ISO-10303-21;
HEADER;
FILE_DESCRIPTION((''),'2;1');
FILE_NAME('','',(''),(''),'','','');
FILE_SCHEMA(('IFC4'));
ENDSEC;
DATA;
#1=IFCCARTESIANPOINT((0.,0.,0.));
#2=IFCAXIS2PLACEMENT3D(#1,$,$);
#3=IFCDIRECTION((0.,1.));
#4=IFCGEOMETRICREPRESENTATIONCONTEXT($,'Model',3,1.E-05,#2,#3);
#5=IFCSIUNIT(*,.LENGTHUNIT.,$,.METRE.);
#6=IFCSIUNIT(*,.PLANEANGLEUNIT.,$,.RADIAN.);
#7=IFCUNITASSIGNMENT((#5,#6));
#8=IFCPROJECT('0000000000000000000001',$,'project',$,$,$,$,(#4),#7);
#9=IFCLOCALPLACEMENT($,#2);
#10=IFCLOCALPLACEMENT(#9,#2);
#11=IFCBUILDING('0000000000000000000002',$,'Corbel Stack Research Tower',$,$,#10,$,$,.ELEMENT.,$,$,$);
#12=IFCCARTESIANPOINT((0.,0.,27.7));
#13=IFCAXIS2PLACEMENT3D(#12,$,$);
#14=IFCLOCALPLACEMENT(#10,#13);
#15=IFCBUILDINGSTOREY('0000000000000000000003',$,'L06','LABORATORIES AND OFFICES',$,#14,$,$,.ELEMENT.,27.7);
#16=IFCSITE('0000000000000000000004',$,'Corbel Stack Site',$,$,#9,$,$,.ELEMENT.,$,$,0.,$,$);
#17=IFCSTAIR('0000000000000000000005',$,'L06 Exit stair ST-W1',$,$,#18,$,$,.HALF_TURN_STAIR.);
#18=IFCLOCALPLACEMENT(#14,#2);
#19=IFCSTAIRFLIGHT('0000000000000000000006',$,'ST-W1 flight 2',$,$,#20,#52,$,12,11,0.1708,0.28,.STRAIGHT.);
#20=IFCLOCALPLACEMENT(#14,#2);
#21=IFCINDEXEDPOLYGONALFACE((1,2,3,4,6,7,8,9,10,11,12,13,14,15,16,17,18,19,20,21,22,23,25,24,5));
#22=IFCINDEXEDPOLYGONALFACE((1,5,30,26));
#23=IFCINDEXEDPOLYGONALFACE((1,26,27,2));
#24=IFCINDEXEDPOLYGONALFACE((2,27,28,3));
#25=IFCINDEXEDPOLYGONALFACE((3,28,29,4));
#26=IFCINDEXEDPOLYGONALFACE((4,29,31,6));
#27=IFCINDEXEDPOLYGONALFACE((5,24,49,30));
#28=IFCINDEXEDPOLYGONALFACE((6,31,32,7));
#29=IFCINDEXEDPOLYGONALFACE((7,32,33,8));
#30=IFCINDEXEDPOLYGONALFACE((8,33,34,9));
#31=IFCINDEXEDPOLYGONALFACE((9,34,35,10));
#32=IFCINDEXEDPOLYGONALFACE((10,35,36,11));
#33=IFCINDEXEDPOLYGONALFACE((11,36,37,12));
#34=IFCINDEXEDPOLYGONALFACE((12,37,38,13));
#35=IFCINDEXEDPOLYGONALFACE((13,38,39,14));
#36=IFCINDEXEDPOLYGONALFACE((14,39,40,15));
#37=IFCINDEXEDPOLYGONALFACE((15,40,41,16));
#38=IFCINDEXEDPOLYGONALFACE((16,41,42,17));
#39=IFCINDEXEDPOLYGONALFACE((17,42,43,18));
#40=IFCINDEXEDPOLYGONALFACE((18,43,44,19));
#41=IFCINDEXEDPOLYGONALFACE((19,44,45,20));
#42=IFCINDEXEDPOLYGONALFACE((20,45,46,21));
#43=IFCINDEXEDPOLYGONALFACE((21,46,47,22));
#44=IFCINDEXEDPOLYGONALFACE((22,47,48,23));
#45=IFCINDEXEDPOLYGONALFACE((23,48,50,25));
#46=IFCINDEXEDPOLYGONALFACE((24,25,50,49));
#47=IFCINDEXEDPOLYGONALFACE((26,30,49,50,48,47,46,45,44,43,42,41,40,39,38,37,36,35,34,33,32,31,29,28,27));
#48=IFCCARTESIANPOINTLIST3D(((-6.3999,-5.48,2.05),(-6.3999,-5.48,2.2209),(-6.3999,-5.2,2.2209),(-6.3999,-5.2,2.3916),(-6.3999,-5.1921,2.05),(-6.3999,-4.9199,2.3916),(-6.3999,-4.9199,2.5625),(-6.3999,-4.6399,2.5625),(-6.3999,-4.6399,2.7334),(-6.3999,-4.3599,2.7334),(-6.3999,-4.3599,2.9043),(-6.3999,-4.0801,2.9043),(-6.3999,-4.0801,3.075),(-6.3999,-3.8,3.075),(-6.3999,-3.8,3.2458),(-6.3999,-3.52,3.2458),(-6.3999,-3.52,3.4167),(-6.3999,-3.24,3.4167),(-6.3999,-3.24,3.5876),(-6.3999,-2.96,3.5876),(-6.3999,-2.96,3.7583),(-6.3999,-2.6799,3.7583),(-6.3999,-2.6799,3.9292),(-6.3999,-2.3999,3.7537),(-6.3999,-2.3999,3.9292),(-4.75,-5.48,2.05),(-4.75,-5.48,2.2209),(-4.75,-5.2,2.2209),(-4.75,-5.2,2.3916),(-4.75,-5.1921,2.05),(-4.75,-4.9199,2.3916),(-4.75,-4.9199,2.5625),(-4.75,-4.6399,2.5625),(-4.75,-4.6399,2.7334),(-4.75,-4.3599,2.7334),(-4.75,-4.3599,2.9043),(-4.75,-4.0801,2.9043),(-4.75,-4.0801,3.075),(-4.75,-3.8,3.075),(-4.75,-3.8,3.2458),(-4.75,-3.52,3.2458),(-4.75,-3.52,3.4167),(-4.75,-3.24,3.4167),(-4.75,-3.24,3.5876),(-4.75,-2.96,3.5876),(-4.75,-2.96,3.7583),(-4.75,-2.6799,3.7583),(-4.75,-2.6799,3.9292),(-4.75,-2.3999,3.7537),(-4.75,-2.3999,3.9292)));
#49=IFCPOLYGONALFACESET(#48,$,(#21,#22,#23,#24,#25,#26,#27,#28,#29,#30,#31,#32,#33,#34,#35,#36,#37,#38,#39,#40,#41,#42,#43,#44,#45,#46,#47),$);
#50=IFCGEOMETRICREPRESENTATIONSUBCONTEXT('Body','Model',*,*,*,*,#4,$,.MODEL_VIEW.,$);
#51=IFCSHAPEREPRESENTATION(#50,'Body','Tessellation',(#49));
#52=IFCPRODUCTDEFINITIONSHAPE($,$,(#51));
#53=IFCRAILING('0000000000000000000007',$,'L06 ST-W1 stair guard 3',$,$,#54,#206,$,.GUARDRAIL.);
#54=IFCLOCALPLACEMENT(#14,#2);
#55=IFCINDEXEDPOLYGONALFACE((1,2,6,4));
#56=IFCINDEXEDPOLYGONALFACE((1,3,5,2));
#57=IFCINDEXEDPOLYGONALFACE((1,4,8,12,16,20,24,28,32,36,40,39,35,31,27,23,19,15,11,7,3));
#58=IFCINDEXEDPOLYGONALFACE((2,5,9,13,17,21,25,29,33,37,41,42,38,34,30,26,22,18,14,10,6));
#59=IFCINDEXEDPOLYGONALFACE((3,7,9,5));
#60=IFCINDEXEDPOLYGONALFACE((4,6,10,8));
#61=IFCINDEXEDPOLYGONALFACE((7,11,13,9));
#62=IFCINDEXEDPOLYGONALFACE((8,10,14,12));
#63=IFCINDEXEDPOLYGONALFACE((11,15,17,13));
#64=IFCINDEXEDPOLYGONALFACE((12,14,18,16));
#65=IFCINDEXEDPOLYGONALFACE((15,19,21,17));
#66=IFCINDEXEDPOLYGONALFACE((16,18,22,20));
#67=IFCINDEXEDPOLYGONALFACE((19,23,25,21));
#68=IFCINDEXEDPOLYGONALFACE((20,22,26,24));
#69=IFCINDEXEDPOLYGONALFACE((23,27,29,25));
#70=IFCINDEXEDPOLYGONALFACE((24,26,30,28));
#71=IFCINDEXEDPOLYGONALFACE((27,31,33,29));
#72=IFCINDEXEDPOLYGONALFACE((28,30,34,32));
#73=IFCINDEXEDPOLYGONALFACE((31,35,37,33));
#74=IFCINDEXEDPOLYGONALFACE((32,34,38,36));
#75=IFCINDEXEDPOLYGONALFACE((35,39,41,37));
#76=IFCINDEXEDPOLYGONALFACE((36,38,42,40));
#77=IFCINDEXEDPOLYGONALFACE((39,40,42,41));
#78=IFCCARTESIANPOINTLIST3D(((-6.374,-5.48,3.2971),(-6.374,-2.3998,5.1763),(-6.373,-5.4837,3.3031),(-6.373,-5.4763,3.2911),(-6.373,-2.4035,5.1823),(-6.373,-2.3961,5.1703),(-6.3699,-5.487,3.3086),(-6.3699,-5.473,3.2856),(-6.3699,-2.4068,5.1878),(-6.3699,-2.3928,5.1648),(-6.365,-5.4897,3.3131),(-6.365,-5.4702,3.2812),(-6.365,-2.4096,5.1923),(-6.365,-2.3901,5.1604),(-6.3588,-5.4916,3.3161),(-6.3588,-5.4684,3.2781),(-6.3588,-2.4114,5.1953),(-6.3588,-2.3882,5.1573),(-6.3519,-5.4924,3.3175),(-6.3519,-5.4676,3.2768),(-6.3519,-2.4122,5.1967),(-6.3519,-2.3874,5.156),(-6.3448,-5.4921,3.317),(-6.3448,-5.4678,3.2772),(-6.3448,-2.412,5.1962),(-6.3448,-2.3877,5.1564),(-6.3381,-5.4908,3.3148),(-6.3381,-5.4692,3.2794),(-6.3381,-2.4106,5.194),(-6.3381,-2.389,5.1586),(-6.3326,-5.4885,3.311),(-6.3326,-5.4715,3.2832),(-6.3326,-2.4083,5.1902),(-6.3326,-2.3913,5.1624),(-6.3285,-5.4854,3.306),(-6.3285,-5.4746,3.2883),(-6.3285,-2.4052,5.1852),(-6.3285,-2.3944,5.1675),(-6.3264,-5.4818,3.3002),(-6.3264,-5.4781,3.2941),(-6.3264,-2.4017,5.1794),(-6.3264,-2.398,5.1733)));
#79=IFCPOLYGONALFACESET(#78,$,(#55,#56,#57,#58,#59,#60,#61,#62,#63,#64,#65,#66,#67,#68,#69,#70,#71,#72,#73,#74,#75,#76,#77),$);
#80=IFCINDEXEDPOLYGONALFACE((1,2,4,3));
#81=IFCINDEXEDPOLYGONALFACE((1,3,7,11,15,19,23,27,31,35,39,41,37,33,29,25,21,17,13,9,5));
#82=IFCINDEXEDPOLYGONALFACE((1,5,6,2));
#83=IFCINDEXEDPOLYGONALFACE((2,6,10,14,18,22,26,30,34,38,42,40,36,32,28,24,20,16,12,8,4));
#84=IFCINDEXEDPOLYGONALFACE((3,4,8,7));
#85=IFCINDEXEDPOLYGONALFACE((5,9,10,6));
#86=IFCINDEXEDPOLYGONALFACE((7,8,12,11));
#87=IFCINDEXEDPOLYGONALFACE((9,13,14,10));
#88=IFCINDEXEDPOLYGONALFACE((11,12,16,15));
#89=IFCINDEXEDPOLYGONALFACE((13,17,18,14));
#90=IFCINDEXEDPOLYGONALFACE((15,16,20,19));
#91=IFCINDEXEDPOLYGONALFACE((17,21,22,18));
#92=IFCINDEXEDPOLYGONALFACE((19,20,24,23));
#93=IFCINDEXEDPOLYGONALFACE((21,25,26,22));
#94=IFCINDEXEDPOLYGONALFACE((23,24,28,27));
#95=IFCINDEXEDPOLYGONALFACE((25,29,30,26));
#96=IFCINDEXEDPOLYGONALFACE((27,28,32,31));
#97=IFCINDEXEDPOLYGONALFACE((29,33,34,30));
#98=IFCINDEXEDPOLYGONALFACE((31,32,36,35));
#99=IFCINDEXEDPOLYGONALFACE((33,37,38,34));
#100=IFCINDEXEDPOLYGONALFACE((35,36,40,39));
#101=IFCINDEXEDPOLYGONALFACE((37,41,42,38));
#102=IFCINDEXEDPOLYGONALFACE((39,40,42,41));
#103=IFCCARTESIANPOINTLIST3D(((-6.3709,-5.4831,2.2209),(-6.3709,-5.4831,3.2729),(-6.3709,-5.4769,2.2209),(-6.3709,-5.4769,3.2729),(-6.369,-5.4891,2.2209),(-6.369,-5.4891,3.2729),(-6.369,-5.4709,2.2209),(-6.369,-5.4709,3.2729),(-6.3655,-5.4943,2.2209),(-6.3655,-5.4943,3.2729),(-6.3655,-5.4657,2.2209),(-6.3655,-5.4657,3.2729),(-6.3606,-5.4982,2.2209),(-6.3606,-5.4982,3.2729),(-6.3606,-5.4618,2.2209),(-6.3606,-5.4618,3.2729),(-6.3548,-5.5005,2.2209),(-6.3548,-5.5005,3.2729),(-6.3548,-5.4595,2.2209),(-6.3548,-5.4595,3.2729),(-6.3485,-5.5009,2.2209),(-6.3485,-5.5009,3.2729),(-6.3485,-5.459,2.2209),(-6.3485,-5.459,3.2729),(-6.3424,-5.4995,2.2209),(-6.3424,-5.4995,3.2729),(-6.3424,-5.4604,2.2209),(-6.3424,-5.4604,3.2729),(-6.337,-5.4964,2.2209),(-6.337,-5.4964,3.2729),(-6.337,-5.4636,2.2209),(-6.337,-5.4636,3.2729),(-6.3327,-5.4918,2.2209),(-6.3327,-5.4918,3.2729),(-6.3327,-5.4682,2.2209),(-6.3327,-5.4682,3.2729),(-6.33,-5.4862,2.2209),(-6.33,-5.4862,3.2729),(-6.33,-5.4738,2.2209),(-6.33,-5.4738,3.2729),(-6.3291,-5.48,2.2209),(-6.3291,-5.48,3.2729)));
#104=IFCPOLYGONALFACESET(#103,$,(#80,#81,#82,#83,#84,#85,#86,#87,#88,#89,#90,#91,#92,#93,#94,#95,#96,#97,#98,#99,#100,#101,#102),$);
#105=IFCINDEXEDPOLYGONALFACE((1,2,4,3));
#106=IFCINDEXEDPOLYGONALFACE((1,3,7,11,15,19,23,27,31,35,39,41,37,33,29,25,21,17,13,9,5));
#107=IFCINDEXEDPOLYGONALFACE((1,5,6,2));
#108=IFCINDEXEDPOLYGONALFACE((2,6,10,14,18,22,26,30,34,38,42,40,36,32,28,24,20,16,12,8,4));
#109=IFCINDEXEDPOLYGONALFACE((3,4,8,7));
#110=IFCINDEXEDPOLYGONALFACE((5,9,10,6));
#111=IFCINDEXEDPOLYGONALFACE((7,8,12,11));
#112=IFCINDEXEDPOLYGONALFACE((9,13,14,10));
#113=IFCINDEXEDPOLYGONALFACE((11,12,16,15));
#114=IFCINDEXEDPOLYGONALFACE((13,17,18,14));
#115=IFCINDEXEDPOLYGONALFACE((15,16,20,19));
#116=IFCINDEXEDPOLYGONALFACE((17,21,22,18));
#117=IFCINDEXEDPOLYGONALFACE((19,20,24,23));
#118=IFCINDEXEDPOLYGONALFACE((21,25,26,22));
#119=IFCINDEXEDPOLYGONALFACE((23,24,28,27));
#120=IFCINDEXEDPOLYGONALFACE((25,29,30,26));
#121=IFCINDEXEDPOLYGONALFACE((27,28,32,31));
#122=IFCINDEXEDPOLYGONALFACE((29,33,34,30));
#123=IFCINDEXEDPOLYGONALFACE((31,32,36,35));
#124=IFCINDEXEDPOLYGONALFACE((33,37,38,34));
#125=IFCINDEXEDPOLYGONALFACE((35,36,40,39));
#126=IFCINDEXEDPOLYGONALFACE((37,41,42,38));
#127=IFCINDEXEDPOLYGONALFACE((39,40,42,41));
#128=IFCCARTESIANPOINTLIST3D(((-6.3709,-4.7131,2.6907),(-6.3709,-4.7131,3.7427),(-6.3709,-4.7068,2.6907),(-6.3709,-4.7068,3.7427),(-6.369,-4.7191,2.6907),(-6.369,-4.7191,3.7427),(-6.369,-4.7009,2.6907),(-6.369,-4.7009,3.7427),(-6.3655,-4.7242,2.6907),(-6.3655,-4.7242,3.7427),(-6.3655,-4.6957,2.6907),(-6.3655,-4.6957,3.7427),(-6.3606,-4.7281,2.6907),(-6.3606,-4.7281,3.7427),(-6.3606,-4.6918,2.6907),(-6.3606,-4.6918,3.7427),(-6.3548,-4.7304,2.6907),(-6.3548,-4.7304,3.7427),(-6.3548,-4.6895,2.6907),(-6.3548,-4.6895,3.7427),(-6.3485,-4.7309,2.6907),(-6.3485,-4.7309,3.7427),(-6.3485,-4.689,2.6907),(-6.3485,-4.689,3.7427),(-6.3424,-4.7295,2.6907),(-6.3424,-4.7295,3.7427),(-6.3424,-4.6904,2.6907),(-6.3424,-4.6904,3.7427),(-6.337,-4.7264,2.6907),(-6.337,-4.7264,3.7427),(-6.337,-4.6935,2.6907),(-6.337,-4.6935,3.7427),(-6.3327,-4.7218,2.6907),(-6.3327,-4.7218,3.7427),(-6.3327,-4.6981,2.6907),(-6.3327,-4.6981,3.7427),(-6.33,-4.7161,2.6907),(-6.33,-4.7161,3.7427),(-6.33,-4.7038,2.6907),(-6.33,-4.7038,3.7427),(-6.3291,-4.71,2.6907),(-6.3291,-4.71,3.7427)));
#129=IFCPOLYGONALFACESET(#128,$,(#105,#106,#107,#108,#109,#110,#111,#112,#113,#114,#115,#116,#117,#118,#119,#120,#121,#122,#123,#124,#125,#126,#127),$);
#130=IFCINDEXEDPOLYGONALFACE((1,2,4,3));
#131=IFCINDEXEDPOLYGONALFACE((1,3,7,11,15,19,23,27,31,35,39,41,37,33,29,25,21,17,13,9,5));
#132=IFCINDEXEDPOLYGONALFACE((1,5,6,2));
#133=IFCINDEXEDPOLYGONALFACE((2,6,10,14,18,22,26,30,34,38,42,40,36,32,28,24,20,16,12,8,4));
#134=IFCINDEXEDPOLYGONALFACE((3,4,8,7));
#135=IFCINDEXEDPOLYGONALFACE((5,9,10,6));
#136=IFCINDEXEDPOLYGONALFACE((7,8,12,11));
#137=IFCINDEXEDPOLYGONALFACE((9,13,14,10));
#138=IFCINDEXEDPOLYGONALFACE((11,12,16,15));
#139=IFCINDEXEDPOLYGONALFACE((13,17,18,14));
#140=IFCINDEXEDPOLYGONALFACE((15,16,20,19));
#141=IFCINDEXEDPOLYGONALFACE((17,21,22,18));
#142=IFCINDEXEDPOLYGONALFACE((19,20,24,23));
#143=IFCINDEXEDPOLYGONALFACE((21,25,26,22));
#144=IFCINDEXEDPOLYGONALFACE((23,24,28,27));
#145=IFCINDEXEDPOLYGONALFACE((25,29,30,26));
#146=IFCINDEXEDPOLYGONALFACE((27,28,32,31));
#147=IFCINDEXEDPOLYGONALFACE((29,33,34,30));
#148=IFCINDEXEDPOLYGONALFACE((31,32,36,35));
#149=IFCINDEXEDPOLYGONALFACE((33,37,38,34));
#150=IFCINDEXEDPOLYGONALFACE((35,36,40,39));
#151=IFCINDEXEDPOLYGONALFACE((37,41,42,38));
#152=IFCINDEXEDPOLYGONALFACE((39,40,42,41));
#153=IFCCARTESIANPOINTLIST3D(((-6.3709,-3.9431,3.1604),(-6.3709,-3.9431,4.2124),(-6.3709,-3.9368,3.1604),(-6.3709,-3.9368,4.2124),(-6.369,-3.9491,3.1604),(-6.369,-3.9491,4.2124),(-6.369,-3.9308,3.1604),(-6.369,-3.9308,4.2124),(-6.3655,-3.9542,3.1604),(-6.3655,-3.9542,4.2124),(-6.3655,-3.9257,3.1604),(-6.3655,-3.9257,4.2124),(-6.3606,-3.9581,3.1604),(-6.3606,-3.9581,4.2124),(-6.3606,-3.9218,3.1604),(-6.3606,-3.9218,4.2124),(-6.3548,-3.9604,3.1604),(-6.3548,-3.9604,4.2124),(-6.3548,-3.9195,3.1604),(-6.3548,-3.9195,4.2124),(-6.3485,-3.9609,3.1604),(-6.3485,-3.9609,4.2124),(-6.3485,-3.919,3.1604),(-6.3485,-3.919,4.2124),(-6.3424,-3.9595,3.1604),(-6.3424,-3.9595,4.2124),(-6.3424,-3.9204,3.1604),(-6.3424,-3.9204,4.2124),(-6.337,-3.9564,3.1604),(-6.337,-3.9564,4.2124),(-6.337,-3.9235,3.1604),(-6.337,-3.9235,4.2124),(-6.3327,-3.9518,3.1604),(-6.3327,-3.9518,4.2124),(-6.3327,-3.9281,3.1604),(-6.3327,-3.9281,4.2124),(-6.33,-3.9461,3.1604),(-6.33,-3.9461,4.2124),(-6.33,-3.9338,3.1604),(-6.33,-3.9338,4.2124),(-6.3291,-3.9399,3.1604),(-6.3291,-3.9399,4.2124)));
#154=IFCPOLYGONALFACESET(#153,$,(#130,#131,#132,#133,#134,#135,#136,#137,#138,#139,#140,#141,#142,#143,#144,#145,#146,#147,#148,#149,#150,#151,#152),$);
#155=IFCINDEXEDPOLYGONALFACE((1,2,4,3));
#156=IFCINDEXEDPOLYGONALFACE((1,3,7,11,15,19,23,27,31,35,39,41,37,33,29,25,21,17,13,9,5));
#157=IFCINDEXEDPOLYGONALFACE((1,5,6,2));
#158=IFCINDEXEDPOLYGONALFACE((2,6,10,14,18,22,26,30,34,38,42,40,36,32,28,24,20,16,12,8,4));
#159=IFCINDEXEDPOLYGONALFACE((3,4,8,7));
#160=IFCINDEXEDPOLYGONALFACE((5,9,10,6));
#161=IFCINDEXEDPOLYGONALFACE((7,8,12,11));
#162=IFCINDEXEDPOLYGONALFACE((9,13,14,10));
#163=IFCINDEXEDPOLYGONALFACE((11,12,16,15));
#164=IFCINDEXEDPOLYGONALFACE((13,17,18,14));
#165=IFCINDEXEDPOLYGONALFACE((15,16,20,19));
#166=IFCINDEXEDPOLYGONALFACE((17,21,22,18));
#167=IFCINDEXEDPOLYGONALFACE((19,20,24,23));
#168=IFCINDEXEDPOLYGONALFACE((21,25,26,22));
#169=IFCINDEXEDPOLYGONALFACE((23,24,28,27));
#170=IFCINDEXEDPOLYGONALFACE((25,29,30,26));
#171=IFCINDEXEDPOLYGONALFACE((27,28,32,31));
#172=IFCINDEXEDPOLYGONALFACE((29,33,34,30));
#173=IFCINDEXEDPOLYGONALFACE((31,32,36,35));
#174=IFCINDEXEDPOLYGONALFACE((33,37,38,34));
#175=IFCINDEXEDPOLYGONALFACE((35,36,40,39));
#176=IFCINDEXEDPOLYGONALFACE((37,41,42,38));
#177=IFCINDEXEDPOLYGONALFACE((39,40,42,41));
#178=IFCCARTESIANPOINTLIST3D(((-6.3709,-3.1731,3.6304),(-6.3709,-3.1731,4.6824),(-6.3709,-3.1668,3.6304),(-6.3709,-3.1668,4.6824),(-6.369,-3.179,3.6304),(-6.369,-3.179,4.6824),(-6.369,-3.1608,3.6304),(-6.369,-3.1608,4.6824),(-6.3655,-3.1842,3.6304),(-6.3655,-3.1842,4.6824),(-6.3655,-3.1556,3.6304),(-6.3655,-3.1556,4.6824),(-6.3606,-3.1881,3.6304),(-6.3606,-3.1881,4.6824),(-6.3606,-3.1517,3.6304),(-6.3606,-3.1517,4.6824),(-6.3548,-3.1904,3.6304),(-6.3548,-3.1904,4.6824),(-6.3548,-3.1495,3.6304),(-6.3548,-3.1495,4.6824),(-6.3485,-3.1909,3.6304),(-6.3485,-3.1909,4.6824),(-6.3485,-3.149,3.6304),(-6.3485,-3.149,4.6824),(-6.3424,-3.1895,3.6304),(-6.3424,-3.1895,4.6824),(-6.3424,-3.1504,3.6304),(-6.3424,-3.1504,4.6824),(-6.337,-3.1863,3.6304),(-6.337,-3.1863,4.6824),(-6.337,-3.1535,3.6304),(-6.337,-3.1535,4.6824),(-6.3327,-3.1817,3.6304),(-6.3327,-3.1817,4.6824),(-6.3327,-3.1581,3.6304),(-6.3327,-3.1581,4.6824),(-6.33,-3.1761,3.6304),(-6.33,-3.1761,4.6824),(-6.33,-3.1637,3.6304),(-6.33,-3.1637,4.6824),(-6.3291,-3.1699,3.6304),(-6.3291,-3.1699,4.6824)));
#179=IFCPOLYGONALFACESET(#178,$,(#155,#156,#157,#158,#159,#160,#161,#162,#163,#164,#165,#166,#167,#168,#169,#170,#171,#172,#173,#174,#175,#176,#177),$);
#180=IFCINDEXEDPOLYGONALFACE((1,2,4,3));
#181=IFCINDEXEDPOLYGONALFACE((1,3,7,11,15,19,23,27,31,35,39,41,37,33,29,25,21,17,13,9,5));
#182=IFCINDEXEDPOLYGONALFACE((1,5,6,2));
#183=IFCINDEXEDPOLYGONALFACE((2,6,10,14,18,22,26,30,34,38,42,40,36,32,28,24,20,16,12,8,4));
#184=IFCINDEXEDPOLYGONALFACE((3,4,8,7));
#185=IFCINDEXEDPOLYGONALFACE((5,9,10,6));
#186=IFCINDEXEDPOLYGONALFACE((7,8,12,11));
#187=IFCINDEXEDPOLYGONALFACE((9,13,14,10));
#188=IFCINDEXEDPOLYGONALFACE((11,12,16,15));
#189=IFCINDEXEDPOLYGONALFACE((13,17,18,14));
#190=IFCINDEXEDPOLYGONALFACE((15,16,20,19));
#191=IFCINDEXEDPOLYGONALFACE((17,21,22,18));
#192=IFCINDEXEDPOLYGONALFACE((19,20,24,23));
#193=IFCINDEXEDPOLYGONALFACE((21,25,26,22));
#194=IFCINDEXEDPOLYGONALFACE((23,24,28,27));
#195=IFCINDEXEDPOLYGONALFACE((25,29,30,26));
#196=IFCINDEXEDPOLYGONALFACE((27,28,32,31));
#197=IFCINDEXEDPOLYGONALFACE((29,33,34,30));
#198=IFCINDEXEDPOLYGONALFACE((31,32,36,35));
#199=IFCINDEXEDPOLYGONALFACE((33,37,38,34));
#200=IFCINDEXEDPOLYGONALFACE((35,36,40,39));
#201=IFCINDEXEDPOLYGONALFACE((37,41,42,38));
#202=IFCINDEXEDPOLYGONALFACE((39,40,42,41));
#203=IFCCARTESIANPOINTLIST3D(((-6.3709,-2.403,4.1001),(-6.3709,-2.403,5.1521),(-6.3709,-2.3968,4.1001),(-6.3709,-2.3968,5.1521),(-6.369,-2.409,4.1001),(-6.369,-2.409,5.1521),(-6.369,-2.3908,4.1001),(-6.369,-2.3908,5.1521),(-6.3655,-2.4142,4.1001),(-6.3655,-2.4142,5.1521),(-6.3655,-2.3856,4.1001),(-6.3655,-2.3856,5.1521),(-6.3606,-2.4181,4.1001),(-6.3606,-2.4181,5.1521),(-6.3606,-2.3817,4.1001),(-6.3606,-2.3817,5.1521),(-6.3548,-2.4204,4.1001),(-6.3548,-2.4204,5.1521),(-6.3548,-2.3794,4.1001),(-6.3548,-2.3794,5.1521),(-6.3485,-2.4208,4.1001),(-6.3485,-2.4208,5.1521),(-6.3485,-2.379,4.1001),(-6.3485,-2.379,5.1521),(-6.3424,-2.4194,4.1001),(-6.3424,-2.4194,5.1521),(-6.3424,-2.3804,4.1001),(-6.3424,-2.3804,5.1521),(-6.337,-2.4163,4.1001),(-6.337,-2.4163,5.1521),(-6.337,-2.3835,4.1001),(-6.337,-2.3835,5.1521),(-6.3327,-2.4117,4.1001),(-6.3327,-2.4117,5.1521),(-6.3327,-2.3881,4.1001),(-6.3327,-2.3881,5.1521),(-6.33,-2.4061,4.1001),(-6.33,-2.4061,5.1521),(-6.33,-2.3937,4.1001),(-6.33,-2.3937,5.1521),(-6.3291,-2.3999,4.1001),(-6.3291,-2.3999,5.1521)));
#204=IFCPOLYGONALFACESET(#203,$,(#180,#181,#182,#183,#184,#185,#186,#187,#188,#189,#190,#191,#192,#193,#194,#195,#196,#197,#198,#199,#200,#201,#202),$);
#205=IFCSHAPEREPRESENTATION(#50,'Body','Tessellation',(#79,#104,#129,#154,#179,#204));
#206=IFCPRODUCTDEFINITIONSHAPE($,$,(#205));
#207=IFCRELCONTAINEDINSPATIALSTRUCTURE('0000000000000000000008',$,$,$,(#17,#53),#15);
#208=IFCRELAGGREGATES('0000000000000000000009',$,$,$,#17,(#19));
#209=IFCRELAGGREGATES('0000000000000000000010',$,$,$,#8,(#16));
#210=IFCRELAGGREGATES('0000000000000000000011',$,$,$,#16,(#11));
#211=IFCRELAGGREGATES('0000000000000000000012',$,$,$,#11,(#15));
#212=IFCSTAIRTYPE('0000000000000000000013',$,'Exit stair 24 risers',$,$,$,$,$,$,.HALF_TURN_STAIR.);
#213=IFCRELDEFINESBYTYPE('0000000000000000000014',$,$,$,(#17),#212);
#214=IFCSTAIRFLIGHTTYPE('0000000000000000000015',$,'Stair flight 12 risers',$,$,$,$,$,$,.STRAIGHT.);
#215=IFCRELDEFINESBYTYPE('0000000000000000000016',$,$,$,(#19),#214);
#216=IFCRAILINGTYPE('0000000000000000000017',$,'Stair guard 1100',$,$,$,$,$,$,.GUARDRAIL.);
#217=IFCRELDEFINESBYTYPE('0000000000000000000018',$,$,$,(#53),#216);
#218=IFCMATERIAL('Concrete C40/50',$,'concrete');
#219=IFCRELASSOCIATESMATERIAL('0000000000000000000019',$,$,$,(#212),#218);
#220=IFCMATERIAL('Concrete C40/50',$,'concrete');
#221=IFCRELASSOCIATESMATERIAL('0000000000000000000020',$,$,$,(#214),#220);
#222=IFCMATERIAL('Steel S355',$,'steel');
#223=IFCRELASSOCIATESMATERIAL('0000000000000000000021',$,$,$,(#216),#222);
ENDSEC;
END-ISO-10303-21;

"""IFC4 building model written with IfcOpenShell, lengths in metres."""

from ifc_helpers import new_model, si_unit, direction, frame, origin, origin_2d, place, context, subcontext, project, spatial, polyline, circle, outline, extrude, material, type_object, element, aggregate, save


model = new_model("IFC4")

# Units and contexts
model_context = context("Model", 3, precision=1e-05, world=origin(), true_north=direction((0.0, 1.0)))
body_context = subcontext(model_context, "Body", "Model", "MODEL_VIEW")
ifc_project = project(units=[si_unit("LENGTHUNIT", "METRE"), si_unit("PLANEANGLEUNIT", "RADIAN")], contexts=[model_context])

# Site, building, storey
site_placement = place(None, origin())
site = spatial("IfcSite", under=ifc_project, at=site_placement, Name="Corbel Stack Site", CompositionType="ELEMENT", RefElevation=0.0)
building_placement = place(site_placement, origin())
building = spatial("IfcBuilding", under=site, at=building_placement, Name="Corbel Stack Research Tower", CompositionType="ELEMENT")
storey_placement = place(building_placement, frame((0.0, 0.0, 27.7)))
storey = spatial("IfcBuildingStorey", under=building, at=storey_placement, Name="L06", Description="LABORATORIES AND OFFICES", CompositionType="ELEMENT", Elevation=27.7)

# Stair, stair flight
ifc_material_1 = material(Name="Concrete C40/50", Category="concrete")
stair_type = type_object("IfcStairType", Name="Exit stair 24 risers", PredefinedType="HALF_TURN_STAIR", material=ifc_material_1)
stair_placement = place(storey_placement, origin())
stair = element("IfcStair", 1, at=stair_placement, inside=storey, type_object=stair_type, Name="L06 Exit stair ST-W1", PredefinedType="HALF_TURN_STAIR")
ifc_material_2 = material(Name="Concrete C40/50", Category="concrete")
stair_flight_type = type_object("IfcStairFlightType", Name="Stair flight 12 risers", PredefinedType="STRAIGHT", material=ifc_material_2)
stair_flight_placement = place(storey_placement, frame((-5.575, -5.48, 2.05), z_axis=(0.0, 0.0, 1.0), x_axis=(0.0, 1.0, 0.0)))
stair_flight = element("IfcStairFlight", 2, at=stair_flight_placement, type_object=stair_flight_type, Name="ST-W1 flight 2", NumberOfRisers=12, NumberOfTreads=11, PredefinedType="STRAIGHT", RiserHeight=0.1708, TreadLength=0.28, context=body_context, shape_type="SweptSolid", body=[
    extrude(outline(polyline([(0.0, 0.0), (0.0, 0.1709), (0.28, 0.1709), (0.28, 0.3416), (0.5601, 0.3416), (0.5601, 0.5125), (0.8401, 0.5125), (0.8401, 0.6833), (1.1201, 0.6833), (1.1201, 0.8542), (1.3999, 0.8542), (1.3999, 1.0249), (1.6799, 1.0249), (1.6799, 1.1958), (1.96, 1.1958), (1.96, 1.3667), (2.24, 1.3667), (2.24, 1.5376), (2.52, 1.5376), (2.52, 1.7083), (2.8, 1.7083), (2.8, 1.8792), (3.0801, 1.8792), (3.0801, 2.05), (3.0801, 1.7036), (0.2878, 0.0), (0.0, 0.0)])), frame((0.0, 0.825, 0.0), z_axis=(0.0, -1.0, 0.0), x_axis=(1.0, 0.0, 0.0)), (0.0, 0.0, 1.0), 1.6499),
])
aggregate(stair, [stair_flight])

# Railing
ifc_material_3 = material(Name="Steel S355", Category="steel")
railing_type_1 = type_object("IfcRailingType", Name="Stair guard 1100", PredefinedType="GUARDRAIL", material=ifc_material_3)
railing_1_placement = place(storey_placement, frame((-6.3501, -5.48, 2.2209)))
element("IfcRailing", 3, at=railing_1_placement, inside=storey, type_object=railing_type_1, Name="L06 ST-W1 stair guard 3", PredefinedType="GUARDRAIL", context=body_context, shape_type="SweptSolid", body=[
    extrude(circle(Radius=0.0239, at=origin_2d()), frame((0.0, 0.0, 1.0762), z_axis=(0.0, 0.853666, 0.52082), x_axis=(-1.0, 0.0, 0.0)), (0.0, 0.0, 1.0), 3.6082),
    extrude(circle(Radius=0.021, at=origin_2d()), origin(), (0.0, 0.0, 1.0), 1.052),
    extrude(circle(Radius=0.021, at=origin_2d()), frame((0.0, 0.77, 0.4697)), (0.0, 0.0, 1.0), 1.052),
    extrude(circle(Radius=0.021, at=origin_2d()), frame((0.0, 1.54, 0.9395)), (0.0, 0.0, 1.0), 1.052),
    extrude(circle(Radius=0.021, at=origin_2d()), frame((0.0, 2.3101, 1.4094)), (0.0, 0.0, 1.0), 1.052),
    extrude(circle(Radius=0.021, at=origin_2d()), frame((0.0, 3.0801, 1.8792)), (0.0, 0.0, 1.0), 1.052),
])

save(model, "model.ifc")
